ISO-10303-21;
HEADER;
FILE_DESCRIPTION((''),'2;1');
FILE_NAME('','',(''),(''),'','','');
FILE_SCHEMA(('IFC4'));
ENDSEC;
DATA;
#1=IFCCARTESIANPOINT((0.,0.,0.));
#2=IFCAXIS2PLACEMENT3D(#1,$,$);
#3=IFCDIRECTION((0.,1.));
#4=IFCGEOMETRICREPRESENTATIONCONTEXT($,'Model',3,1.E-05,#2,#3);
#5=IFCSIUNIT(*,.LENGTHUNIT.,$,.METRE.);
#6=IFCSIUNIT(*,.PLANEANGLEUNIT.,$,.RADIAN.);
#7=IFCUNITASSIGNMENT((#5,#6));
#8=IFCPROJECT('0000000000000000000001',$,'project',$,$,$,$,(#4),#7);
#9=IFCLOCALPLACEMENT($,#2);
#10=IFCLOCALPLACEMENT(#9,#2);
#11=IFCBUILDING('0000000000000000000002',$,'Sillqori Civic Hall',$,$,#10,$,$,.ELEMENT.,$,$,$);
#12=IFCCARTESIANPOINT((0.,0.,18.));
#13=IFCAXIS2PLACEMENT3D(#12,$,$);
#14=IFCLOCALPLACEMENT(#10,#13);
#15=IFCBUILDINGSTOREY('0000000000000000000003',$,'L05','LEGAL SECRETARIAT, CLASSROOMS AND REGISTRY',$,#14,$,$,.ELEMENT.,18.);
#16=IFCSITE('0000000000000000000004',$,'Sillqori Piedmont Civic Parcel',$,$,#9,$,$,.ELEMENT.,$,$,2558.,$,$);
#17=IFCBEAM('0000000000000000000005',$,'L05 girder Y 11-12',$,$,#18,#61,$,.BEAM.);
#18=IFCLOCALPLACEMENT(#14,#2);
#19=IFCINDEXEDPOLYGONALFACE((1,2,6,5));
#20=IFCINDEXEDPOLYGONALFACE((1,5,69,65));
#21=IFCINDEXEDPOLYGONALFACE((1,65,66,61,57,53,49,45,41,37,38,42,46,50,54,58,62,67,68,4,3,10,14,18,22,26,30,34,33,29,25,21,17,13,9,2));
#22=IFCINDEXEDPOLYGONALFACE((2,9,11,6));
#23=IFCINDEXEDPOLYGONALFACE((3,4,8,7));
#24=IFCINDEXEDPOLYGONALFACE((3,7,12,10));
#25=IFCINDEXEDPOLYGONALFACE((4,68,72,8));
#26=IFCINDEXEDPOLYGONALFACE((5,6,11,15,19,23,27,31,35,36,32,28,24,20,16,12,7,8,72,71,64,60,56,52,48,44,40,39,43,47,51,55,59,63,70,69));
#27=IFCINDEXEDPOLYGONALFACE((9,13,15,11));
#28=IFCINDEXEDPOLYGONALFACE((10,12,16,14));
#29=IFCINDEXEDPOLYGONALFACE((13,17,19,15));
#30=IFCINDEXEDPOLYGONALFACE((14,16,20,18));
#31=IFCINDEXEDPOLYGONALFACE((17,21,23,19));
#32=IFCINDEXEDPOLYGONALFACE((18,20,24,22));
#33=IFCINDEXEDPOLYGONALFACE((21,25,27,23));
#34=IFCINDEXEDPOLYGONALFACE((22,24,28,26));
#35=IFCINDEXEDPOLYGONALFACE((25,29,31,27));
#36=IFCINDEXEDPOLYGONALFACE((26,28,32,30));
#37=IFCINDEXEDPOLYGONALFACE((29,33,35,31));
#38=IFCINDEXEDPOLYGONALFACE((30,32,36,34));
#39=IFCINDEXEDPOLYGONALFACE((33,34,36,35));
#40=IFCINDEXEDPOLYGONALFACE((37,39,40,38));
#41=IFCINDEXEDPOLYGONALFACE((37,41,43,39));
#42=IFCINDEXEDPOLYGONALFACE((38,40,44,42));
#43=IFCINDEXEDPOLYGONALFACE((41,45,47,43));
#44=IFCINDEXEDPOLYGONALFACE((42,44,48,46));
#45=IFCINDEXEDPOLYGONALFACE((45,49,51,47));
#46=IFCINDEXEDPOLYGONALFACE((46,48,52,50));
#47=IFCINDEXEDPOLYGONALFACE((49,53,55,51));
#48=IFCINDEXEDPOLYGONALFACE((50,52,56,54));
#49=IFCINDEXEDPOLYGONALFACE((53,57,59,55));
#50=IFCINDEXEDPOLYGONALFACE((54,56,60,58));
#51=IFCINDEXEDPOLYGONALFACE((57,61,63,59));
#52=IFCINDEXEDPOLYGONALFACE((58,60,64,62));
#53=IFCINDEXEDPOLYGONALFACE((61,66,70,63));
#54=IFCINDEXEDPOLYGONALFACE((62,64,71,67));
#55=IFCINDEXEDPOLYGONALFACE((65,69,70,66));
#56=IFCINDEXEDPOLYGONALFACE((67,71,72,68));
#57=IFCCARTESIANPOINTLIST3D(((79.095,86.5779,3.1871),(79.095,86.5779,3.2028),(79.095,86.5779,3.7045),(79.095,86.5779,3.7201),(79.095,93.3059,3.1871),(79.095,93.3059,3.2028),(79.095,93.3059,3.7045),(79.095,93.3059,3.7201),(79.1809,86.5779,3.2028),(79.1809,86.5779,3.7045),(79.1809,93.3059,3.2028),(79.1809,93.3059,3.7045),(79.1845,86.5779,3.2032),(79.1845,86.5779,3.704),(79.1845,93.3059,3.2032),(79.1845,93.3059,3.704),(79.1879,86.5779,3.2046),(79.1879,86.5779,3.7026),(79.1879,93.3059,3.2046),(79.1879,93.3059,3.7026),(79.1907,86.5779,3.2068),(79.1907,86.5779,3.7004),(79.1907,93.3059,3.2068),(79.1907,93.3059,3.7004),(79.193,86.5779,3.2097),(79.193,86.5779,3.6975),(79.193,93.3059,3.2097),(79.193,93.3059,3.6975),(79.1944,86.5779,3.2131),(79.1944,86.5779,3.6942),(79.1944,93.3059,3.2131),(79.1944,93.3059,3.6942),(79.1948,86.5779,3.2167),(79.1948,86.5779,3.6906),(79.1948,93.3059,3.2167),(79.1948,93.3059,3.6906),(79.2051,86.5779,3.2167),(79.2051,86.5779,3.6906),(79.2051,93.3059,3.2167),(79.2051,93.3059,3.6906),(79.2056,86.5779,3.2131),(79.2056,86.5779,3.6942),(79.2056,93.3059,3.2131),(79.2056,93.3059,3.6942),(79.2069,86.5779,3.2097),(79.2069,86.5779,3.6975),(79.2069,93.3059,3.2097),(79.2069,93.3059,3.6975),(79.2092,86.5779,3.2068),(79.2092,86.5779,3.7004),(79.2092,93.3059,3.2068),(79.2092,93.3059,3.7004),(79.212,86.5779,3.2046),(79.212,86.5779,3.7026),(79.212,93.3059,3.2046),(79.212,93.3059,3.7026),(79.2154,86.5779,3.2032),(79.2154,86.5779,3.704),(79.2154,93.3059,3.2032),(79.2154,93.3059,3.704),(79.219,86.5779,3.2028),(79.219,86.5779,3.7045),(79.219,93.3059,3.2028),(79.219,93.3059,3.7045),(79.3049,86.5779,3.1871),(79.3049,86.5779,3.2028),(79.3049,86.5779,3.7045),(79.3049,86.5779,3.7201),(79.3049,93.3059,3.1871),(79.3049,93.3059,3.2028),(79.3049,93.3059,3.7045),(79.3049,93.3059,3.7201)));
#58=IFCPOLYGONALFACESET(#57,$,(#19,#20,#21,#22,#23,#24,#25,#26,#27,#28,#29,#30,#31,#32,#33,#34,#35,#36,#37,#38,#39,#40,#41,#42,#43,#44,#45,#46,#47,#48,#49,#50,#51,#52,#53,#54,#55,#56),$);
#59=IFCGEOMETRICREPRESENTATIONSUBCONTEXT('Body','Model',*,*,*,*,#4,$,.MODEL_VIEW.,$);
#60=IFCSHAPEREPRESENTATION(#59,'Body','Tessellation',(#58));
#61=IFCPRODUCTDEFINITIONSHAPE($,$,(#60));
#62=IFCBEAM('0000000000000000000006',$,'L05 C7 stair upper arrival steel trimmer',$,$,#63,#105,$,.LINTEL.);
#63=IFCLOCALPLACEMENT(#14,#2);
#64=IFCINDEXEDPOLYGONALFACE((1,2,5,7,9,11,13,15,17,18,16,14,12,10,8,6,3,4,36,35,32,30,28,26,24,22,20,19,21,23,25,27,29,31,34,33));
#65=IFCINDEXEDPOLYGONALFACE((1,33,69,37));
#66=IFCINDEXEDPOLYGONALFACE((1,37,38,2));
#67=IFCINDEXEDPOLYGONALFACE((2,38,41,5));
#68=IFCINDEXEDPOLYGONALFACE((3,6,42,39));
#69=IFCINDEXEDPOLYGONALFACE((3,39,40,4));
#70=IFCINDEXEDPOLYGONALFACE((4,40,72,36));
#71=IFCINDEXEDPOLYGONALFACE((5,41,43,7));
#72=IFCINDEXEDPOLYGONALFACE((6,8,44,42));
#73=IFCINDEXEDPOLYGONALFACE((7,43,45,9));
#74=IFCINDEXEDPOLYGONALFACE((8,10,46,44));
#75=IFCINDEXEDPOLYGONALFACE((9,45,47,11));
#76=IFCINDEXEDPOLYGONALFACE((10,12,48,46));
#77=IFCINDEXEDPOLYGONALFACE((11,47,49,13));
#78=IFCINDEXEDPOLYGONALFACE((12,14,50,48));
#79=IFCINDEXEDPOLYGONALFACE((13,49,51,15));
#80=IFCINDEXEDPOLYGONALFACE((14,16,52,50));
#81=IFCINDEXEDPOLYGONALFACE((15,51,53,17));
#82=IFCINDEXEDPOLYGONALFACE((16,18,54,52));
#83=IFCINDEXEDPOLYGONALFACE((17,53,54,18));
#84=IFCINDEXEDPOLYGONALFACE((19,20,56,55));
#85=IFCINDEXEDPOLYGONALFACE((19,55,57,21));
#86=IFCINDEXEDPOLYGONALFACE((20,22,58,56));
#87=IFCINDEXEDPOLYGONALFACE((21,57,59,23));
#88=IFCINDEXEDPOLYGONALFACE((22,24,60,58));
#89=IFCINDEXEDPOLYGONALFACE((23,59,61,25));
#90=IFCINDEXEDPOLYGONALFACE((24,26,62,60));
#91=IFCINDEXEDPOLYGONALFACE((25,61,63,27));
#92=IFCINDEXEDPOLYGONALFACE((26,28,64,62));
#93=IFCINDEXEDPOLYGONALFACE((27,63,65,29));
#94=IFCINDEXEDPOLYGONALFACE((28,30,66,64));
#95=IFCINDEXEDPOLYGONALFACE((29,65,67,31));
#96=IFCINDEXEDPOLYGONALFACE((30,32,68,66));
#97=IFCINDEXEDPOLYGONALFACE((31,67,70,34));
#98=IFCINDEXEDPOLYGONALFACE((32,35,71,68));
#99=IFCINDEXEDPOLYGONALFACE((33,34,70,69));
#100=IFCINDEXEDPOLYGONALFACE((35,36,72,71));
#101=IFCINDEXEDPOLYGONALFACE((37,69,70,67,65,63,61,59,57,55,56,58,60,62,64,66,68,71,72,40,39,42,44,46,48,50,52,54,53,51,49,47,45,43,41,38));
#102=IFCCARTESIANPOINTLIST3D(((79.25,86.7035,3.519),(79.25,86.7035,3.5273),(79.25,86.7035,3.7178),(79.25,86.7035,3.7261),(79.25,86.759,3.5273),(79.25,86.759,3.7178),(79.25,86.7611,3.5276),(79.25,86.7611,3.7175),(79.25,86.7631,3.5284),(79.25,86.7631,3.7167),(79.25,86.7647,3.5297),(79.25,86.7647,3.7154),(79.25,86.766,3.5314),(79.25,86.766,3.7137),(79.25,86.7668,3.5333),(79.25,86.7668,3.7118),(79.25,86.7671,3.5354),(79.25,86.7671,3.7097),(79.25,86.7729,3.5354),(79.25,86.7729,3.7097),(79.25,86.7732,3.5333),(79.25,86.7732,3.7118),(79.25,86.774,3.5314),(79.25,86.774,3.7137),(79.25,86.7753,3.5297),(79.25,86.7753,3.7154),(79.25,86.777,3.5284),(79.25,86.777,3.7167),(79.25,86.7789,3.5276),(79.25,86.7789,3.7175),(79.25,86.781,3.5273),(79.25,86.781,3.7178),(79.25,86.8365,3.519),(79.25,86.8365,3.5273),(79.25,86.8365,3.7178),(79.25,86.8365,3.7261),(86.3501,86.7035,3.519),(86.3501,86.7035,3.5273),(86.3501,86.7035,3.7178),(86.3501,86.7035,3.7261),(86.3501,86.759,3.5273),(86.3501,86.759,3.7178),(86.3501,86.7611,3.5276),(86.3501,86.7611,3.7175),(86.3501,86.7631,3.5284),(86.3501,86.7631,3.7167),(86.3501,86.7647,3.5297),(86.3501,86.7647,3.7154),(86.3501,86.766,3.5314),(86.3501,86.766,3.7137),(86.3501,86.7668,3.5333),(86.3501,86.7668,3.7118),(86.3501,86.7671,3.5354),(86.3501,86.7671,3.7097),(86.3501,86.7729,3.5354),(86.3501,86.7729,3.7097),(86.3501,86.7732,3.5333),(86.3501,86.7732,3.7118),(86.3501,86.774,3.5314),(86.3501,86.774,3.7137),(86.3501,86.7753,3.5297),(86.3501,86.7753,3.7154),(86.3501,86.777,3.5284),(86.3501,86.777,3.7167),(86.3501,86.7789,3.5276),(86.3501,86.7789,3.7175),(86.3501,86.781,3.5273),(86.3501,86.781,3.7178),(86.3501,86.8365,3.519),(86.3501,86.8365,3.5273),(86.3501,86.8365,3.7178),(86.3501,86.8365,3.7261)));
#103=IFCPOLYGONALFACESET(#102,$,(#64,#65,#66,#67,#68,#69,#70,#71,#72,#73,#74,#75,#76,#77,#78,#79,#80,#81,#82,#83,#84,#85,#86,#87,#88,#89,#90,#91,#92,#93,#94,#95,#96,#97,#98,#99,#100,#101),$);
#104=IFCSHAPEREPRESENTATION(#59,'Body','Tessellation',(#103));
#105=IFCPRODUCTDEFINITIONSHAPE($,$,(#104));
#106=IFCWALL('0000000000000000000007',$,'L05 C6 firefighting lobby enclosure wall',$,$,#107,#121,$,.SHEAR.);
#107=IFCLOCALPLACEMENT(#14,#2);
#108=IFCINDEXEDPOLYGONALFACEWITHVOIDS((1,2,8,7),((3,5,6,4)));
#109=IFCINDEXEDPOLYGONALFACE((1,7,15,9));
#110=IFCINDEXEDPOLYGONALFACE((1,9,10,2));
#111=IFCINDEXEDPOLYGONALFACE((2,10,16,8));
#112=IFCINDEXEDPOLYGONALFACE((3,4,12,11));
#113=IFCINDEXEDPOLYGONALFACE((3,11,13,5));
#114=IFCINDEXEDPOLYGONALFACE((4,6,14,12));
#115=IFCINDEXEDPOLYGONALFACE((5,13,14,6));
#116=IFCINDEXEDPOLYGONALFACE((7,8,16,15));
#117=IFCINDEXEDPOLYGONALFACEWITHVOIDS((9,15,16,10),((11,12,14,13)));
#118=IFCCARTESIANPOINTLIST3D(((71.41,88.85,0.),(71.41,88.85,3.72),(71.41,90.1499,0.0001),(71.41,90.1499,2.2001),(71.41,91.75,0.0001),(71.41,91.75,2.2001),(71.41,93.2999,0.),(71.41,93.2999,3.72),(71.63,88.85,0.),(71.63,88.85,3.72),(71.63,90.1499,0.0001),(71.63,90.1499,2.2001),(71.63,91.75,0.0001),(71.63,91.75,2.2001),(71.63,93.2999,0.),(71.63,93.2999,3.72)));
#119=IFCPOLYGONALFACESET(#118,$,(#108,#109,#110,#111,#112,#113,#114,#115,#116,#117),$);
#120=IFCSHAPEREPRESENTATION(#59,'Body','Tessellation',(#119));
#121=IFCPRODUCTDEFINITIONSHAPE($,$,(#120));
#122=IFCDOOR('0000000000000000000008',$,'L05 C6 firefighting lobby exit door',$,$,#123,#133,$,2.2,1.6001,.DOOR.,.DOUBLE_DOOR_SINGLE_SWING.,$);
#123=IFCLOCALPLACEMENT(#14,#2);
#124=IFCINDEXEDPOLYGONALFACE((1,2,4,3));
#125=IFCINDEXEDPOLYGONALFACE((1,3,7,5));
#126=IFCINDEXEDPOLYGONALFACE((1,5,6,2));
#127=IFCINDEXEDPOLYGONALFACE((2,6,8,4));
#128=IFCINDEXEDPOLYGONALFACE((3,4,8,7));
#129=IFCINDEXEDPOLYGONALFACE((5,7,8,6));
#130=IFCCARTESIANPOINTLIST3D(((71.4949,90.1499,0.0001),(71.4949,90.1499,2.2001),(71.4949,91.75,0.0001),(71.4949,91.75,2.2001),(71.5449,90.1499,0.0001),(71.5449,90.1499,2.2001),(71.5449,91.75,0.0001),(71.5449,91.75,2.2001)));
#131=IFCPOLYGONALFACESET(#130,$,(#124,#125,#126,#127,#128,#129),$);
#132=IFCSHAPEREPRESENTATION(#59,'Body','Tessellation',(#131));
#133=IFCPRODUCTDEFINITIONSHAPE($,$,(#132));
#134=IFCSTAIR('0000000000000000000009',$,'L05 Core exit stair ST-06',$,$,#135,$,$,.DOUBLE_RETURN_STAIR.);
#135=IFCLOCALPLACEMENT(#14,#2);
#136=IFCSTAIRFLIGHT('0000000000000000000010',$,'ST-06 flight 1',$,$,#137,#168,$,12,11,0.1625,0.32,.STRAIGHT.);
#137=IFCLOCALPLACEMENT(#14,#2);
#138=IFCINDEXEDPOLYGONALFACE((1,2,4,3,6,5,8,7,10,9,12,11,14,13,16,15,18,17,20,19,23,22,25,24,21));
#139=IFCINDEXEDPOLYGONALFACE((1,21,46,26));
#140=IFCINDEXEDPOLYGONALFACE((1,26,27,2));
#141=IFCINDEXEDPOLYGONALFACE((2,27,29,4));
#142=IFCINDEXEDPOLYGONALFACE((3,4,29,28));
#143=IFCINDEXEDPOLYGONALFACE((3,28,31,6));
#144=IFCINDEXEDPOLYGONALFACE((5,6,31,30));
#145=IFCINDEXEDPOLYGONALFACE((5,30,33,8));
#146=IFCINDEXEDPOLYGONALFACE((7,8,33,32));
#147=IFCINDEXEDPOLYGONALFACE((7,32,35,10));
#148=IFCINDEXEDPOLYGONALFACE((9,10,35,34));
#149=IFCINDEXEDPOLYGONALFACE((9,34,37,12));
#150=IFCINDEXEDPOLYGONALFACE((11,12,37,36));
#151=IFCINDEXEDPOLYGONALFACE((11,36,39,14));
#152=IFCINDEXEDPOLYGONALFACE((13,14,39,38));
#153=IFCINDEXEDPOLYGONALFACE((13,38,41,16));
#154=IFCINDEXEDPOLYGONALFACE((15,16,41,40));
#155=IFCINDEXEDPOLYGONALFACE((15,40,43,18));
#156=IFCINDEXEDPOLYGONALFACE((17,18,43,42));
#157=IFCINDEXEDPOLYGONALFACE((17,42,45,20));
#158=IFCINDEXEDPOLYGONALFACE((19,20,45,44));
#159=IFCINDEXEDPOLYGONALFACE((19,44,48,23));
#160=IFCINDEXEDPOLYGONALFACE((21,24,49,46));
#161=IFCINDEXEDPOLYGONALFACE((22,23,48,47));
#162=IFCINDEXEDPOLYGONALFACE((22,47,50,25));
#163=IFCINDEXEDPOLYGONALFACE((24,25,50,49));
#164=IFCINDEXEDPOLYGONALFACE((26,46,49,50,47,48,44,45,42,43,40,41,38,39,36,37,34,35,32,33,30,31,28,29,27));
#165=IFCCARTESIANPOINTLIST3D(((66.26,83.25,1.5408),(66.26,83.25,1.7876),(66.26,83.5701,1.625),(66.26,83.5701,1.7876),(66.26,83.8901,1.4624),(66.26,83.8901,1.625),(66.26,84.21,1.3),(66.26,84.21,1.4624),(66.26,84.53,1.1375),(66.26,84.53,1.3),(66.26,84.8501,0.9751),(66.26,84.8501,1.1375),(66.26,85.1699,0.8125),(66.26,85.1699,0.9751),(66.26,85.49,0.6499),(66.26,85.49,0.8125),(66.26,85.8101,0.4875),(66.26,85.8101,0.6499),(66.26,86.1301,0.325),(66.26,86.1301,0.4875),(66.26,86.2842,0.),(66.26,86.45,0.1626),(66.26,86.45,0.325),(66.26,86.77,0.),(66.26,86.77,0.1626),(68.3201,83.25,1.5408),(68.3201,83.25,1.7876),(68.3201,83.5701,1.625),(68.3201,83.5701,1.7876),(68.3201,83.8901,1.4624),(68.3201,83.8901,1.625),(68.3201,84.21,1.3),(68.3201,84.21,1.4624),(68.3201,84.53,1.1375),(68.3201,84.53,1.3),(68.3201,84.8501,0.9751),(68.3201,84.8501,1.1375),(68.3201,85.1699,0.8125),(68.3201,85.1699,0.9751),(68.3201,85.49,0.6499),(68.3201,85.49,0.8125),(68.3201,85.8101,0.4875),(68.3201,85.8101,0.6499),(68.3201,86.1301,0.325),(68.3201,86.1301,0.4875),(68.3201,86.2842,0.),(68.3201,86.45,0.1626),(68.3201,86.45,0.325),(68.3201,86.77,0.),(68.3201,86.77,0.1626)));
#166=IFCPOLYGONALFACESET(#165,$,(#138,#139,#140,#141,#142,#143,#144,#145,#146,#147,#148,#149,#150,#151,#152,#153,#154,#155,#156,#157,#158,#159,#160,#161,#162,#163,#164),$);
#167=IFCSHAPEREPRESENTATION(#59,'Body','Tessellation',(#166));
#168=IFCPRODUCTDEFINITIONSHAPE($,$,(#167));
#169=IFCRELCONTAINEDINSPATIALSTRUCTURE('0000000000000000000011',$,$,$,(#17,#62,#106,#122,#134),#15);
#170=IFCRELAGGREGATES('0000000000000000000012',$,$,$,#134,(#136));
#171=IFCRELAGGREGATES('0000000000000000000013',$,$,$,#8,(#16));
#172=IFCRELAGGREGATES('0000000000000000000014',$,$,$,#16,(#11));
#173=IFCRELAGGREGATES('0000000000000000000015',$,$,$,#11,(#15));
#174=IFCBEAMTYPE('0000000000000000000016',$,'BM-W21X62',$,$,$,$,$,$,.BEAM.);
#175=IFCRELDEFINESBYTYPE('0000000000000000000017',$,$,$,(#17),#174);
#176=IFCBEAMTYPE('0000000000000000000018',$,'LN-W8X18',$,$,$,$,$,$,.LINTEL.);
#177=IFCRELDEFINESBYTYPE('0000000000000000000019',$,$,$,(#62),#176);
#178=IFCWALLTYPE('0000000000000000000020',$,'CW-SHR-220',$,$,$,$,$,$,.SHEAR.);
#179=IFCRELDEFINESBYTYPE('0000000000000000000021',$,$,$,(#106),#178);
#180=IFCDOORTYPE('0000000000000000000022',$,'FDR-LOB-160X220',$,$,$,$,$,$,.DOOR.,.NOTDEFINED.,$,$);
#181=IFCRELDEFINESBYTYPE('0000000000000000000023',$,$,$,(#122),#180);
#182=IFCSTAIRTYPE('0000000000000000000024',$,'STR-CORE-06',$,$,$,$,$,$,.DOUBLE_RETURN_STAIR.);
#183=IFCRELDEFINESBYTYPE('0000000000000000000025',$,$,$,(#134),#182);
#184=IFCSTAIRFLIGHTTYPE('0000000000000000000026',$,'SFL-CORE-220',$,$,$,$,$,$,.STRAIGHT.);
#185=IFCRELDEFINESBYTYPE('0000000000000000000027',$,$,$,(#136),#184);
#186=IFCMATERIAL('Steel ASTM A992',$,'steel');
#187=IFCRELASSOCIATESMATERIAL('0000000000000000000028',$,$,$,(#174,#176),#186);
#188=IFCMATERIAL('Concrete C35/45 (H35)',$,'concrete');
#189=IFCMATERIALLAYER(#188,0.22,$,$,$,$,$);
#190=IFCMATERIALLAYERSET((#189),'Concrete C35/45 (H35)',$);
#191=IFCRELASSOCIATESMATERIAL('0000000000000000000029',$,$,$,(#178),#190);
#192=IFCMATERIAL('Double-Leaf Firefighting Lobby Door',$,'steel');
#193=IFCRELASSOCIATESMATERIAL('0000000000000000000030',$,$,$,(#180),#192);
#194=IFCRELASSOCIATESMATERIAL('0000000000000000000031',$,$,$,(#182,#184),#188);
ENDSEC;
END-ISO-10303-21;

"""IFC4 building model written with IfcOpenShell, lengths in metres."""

from ifc_helpers import new_model, si_unit, direction, frame, frame_2d, origin, origin_2d, place, context, subcontext, project, spatial, polyline, rectangle, i_section, outline, extrude, material, layer, layer_set, material_profile, profile_set, type_object, element, fill, aggregate, save


model = new_model("IFC4")

# Units and contexts
model_context = context("Model", 3, precision=1e-05, world=origin(), true_north=direction((0.0, 1.0)))
body_context = subcontext(model_context, "Body", "Model", "MODEL_VIEW")
ifc_project = project(units=[si_unit("LENGTHUNIT", "METRE"), si_unit("PLANEANGLEUNIT", "RADIAN")], contexts=[model_context])

# Site, building, storey
site_placement = place(None, origin())
site = spatial("IfcSite", under=ifc_project, at=site_placement, Name="Sillqori Piedmont Civic Parcel", CompositionType="ELEMENT", RefElevation=2558.0)
building_placement = place(site_placement, origin())
building = spatial("IfcBuilding", under=site, at=building_placement, Name="Sillqori Civic Hall", CompositionType="ELEMENT")
storey_placement = place(building_placement, frame((0.0, 0.0, 18.0)))
storey = spatial("IfcBuildingStorey", under=building, at=storey_placement, Name="L05", Description="LEGAL SECRETARIAT, CLASSROOMS AND REGISTRY", CompositionType="ELEMENT", Elevation=18.0)

# Shared definitions
ifc_material_1 = material(Name="Steel ASTM A992", Category="steel")

# Beams
ifc_material_profile_1 = material_profile(ifc_material_1, i_section(OverallWidth=0.21, OverallDepth=0.533, WebThickness=0.0103, FlangeThickness=0.0156, FilletRadius=0.0139, at=origin_2d()), Name="W21X62")
ifc_profile_set_1 = profile_set([ifc_material_profile_1], Name="Steel ASTM A992")
beam_type_1 = type_object("IfcBeamType", Name="BM-W21X62", PredefinedType="BEAM", material=ifc_profile_set_1)
for number, where, z_axis, x_axis, name in (
    (1, (79.2, 86.5779, 3.4536), (0.0, 1.0, 0.0), (-1.0, 0.0, 0.0), "L05 girder Y 11-12"),
):
    element("IfcBeam", number, at=place(storey_placement, frame(where, z_axis=z_axis, x_axis=x_axis)), inside=storey, type_object=beam_type_1, Name=name, PredefinedType="BEAM", context=body_context, shape_type="SweptSolid", body=[
        extrude(i_section(OverallWidth=0.21, OverallDepth=0.533, WebThickness=0.0103, FlangeThickness=0.0156, FilletRadius=0.0139, at=origin_2d()), origin(), (0.0, 0.0, 1.0), 6.728),
    ])
ifc_material_profile_2 = material_profile(ifc_material_1, i_section(OverallWidth=0.1331, OverallDepth=0.207, WebThickness=0.0059, FlangeThickness=0.0083, FilletRadius=0.0081, at=origin_2d()), Name="W8X18")
ifc_profile_set_2 = profile_set([ifc_material_profile_2], Name="Steel ASTM A992")
beam_type_2 = type_object("IfcBeamType", Name="LN-W8X18", PredefinedType="LINTEL", material=ifc_profile_set_2)
beam_1_placement = place(storey_placement, frame((79.25, 86.77, 3.6226), z_axis=(1.0, 0.0, 0.0), x_axis=(0.0, 1.0, 0.0)))
element("IfcBeam", 2, at=beam_1_placement, inside=storey, type_object=beam_type_2, Name="L05 C7 stair upper arrival steel trimmer", PredefinedType="LINTEL", context=body_context, shape_type="SweptSolid", body=[
    extrude(i_section(OverallWidth=0.1331, OverallDepth=0.207, WebThickness=0.0059, FlangeThickness=0.0083, FilletRadius=0.0081, at=origin_2d()), origin(), (0.0, 0.0, 1.0), 7.1001),
])

# Wall, opening, door
ifc_material_2 = material(Name="Concrete C35/45 (H35)", Category="concrete")
ifc_layer_1 = layer(ifc_material_2, 0.22)
ifc_layer_set_1 = layer_set([ifc_layer_1], Name="Concrete C35/45 (H35)")
wall_type_1 = type_object("IfcWallType", Name="CW-SHR-220", PredefinedType="SHEAR", material=ifc_layer_set_1)
wall_1_placement = place(storey_placement, frame((71.52, 93.3, 0.0), z_axis=(0.0, 0.0, 1.0), x_axis=(0.0, -1.0, 0.0)))
wall_1 = element("IfcWall", 3, at=wall_1_placement, inside=storey, type_object=wall_type_1, Name="L05 C6 firefighting lobby enclosure wall", PredefinedType="SHEAR", context=body_context, shape_type="SweptSolid", body=[
    extrude(rectangle(XDim=4.45, YDim=0.22, at=frame_2d((2.2251, 0.0))), origin(), (0.0, 0.0, 1.0), 3.72),
])
opening_1_placement = place(wall_1_placement, frame((1.55, 0.0, 0.0)))
opening_1 = element("IfcOpeningElement", 4, at=opening_1_placement, cuts=wall_1, PredefinedType="OPENING", context=body_context, shape_type="SweptSolid", body=[
    extrude(rectangle(XDim=1.6001, YDim=2.2, at=frame_2d((0.8, 1.1001))), frame((0.0, 0.1199, 0.0), z_axis=(0.0, -1.0, 0.0), x_axis=(1.0, 0.0, 0.0)), (0.0, 0.0, 1.0), 0.24),
])
ifc_material_3 = material(Name="Double-Leaf Firefighting Lobby Door", Category="steel")
door_type_1 = type_object("IfcDoorType", Name="FDR-LOB-160X220", OperationType="NOTDEFINED", PredefinedType="DOOR", material=ifc_material_3)
door_1_placement = place(opening_1_placement, origin())
door_1 = element("IfcDoor", 5, at=door_1_placement, inside=storey, type_object=door_type_1, Name="L05 C6 firefighting lobby exit door", OperationType="DOUBLE_DOOR_SINGLE_SWING", OverallHeight=2.2, OverallWidth=1.6001, PredefinedType="DOOR", context=body_context, shape_type="SweptSolid", body=[
    extrude(rectangle(XDim=1.6001, YDim=2.2, at=frame_2d((0.8, 1.1001))), frame((0.0, 0.0249, 0.0), z_axis=(0.0, -1.0, 0.0), x_axis=(1.0, 0.0, 0.0)), (0.0, 0.0, 1.0), 0.05),
])
fill(opening_1, door_1)

# Stair, stair flight
stair_type_1 = type_object("IfcStairType", Name="STR-CORE-06", PredefinedType="DOUBLE_RETURN_STAIR", material=ifc_material_2)
stair_1_placement = place(storey_placement, origin())
stair_1 = element("IfcStair", 6, at=stair_1_placement, inside=storey, type_object=stair_type_1, Name="L05 Core exit stair ST-06", PredefinedType="DOUBLE_RETURN_STAIR")
stair_flight_type_1 = type_object("IfcStairFlightType", Name="SFL-CORE-220", PredefinedType="STRAIGHT", material=ifc_material_2)
stair_flight_1_placement = place(storey_placement, frame((67.29, 86.77, 0.0), z_axis=(0.0, 0.0, 1.0), x_axis=(0.0, -1.0, 0.0)))
stair_flight_1 = element("IfcStairFlight", 7, at=stair_flight_1_placement, type_object=stair_flight_type_1, Name="ST-06 flight 1", NumberOfRisers=12, NumberOfTreads=11, PredefinedType="STRAIGHT", RiserHeight=0.1625, TreadLength=0.32, context=body_context, shape_type="SweptSolid", body=[
    extrude(outline(polyline([(0.0, 0.0), (0.0, 0.1626), (0.3201, 0.1626), (0.3201, 0.325), (0.6399, 0.325), (0.6399, 0.4875), (0.96, 0.4875), (0.96, 0.6499), (1.28, 0.6499), (1.28, 0.8125), (1.6001, 0.8125), (1.6001, 0.9751), (1.9199, 0.9751), (1.9199, 1.1375), (2.24, 1.1375), (2.24, 1.3), (2.5601, 1.3), (2.5601, 1.4624), (2.8799, 1.4624), (2.8799, 1.625), (3.2, 1.625), (3.2, 1.7876), (3.52, 1.7876), (3.52, 1.95), (3.52, 1.5408), (0.4858, 0.0), (0.0, 0.0)])), frame((0.0, 1.03, 0.0), z_axis=(0.0, -1.0, 0.0), x_axis=(1.0, 0.0, 0.0)), (0.0, 0.0, 1.0), 2.0601),
])
aggregate(stair_1, [stair_flight_1])

save(model, "model.ifc")
